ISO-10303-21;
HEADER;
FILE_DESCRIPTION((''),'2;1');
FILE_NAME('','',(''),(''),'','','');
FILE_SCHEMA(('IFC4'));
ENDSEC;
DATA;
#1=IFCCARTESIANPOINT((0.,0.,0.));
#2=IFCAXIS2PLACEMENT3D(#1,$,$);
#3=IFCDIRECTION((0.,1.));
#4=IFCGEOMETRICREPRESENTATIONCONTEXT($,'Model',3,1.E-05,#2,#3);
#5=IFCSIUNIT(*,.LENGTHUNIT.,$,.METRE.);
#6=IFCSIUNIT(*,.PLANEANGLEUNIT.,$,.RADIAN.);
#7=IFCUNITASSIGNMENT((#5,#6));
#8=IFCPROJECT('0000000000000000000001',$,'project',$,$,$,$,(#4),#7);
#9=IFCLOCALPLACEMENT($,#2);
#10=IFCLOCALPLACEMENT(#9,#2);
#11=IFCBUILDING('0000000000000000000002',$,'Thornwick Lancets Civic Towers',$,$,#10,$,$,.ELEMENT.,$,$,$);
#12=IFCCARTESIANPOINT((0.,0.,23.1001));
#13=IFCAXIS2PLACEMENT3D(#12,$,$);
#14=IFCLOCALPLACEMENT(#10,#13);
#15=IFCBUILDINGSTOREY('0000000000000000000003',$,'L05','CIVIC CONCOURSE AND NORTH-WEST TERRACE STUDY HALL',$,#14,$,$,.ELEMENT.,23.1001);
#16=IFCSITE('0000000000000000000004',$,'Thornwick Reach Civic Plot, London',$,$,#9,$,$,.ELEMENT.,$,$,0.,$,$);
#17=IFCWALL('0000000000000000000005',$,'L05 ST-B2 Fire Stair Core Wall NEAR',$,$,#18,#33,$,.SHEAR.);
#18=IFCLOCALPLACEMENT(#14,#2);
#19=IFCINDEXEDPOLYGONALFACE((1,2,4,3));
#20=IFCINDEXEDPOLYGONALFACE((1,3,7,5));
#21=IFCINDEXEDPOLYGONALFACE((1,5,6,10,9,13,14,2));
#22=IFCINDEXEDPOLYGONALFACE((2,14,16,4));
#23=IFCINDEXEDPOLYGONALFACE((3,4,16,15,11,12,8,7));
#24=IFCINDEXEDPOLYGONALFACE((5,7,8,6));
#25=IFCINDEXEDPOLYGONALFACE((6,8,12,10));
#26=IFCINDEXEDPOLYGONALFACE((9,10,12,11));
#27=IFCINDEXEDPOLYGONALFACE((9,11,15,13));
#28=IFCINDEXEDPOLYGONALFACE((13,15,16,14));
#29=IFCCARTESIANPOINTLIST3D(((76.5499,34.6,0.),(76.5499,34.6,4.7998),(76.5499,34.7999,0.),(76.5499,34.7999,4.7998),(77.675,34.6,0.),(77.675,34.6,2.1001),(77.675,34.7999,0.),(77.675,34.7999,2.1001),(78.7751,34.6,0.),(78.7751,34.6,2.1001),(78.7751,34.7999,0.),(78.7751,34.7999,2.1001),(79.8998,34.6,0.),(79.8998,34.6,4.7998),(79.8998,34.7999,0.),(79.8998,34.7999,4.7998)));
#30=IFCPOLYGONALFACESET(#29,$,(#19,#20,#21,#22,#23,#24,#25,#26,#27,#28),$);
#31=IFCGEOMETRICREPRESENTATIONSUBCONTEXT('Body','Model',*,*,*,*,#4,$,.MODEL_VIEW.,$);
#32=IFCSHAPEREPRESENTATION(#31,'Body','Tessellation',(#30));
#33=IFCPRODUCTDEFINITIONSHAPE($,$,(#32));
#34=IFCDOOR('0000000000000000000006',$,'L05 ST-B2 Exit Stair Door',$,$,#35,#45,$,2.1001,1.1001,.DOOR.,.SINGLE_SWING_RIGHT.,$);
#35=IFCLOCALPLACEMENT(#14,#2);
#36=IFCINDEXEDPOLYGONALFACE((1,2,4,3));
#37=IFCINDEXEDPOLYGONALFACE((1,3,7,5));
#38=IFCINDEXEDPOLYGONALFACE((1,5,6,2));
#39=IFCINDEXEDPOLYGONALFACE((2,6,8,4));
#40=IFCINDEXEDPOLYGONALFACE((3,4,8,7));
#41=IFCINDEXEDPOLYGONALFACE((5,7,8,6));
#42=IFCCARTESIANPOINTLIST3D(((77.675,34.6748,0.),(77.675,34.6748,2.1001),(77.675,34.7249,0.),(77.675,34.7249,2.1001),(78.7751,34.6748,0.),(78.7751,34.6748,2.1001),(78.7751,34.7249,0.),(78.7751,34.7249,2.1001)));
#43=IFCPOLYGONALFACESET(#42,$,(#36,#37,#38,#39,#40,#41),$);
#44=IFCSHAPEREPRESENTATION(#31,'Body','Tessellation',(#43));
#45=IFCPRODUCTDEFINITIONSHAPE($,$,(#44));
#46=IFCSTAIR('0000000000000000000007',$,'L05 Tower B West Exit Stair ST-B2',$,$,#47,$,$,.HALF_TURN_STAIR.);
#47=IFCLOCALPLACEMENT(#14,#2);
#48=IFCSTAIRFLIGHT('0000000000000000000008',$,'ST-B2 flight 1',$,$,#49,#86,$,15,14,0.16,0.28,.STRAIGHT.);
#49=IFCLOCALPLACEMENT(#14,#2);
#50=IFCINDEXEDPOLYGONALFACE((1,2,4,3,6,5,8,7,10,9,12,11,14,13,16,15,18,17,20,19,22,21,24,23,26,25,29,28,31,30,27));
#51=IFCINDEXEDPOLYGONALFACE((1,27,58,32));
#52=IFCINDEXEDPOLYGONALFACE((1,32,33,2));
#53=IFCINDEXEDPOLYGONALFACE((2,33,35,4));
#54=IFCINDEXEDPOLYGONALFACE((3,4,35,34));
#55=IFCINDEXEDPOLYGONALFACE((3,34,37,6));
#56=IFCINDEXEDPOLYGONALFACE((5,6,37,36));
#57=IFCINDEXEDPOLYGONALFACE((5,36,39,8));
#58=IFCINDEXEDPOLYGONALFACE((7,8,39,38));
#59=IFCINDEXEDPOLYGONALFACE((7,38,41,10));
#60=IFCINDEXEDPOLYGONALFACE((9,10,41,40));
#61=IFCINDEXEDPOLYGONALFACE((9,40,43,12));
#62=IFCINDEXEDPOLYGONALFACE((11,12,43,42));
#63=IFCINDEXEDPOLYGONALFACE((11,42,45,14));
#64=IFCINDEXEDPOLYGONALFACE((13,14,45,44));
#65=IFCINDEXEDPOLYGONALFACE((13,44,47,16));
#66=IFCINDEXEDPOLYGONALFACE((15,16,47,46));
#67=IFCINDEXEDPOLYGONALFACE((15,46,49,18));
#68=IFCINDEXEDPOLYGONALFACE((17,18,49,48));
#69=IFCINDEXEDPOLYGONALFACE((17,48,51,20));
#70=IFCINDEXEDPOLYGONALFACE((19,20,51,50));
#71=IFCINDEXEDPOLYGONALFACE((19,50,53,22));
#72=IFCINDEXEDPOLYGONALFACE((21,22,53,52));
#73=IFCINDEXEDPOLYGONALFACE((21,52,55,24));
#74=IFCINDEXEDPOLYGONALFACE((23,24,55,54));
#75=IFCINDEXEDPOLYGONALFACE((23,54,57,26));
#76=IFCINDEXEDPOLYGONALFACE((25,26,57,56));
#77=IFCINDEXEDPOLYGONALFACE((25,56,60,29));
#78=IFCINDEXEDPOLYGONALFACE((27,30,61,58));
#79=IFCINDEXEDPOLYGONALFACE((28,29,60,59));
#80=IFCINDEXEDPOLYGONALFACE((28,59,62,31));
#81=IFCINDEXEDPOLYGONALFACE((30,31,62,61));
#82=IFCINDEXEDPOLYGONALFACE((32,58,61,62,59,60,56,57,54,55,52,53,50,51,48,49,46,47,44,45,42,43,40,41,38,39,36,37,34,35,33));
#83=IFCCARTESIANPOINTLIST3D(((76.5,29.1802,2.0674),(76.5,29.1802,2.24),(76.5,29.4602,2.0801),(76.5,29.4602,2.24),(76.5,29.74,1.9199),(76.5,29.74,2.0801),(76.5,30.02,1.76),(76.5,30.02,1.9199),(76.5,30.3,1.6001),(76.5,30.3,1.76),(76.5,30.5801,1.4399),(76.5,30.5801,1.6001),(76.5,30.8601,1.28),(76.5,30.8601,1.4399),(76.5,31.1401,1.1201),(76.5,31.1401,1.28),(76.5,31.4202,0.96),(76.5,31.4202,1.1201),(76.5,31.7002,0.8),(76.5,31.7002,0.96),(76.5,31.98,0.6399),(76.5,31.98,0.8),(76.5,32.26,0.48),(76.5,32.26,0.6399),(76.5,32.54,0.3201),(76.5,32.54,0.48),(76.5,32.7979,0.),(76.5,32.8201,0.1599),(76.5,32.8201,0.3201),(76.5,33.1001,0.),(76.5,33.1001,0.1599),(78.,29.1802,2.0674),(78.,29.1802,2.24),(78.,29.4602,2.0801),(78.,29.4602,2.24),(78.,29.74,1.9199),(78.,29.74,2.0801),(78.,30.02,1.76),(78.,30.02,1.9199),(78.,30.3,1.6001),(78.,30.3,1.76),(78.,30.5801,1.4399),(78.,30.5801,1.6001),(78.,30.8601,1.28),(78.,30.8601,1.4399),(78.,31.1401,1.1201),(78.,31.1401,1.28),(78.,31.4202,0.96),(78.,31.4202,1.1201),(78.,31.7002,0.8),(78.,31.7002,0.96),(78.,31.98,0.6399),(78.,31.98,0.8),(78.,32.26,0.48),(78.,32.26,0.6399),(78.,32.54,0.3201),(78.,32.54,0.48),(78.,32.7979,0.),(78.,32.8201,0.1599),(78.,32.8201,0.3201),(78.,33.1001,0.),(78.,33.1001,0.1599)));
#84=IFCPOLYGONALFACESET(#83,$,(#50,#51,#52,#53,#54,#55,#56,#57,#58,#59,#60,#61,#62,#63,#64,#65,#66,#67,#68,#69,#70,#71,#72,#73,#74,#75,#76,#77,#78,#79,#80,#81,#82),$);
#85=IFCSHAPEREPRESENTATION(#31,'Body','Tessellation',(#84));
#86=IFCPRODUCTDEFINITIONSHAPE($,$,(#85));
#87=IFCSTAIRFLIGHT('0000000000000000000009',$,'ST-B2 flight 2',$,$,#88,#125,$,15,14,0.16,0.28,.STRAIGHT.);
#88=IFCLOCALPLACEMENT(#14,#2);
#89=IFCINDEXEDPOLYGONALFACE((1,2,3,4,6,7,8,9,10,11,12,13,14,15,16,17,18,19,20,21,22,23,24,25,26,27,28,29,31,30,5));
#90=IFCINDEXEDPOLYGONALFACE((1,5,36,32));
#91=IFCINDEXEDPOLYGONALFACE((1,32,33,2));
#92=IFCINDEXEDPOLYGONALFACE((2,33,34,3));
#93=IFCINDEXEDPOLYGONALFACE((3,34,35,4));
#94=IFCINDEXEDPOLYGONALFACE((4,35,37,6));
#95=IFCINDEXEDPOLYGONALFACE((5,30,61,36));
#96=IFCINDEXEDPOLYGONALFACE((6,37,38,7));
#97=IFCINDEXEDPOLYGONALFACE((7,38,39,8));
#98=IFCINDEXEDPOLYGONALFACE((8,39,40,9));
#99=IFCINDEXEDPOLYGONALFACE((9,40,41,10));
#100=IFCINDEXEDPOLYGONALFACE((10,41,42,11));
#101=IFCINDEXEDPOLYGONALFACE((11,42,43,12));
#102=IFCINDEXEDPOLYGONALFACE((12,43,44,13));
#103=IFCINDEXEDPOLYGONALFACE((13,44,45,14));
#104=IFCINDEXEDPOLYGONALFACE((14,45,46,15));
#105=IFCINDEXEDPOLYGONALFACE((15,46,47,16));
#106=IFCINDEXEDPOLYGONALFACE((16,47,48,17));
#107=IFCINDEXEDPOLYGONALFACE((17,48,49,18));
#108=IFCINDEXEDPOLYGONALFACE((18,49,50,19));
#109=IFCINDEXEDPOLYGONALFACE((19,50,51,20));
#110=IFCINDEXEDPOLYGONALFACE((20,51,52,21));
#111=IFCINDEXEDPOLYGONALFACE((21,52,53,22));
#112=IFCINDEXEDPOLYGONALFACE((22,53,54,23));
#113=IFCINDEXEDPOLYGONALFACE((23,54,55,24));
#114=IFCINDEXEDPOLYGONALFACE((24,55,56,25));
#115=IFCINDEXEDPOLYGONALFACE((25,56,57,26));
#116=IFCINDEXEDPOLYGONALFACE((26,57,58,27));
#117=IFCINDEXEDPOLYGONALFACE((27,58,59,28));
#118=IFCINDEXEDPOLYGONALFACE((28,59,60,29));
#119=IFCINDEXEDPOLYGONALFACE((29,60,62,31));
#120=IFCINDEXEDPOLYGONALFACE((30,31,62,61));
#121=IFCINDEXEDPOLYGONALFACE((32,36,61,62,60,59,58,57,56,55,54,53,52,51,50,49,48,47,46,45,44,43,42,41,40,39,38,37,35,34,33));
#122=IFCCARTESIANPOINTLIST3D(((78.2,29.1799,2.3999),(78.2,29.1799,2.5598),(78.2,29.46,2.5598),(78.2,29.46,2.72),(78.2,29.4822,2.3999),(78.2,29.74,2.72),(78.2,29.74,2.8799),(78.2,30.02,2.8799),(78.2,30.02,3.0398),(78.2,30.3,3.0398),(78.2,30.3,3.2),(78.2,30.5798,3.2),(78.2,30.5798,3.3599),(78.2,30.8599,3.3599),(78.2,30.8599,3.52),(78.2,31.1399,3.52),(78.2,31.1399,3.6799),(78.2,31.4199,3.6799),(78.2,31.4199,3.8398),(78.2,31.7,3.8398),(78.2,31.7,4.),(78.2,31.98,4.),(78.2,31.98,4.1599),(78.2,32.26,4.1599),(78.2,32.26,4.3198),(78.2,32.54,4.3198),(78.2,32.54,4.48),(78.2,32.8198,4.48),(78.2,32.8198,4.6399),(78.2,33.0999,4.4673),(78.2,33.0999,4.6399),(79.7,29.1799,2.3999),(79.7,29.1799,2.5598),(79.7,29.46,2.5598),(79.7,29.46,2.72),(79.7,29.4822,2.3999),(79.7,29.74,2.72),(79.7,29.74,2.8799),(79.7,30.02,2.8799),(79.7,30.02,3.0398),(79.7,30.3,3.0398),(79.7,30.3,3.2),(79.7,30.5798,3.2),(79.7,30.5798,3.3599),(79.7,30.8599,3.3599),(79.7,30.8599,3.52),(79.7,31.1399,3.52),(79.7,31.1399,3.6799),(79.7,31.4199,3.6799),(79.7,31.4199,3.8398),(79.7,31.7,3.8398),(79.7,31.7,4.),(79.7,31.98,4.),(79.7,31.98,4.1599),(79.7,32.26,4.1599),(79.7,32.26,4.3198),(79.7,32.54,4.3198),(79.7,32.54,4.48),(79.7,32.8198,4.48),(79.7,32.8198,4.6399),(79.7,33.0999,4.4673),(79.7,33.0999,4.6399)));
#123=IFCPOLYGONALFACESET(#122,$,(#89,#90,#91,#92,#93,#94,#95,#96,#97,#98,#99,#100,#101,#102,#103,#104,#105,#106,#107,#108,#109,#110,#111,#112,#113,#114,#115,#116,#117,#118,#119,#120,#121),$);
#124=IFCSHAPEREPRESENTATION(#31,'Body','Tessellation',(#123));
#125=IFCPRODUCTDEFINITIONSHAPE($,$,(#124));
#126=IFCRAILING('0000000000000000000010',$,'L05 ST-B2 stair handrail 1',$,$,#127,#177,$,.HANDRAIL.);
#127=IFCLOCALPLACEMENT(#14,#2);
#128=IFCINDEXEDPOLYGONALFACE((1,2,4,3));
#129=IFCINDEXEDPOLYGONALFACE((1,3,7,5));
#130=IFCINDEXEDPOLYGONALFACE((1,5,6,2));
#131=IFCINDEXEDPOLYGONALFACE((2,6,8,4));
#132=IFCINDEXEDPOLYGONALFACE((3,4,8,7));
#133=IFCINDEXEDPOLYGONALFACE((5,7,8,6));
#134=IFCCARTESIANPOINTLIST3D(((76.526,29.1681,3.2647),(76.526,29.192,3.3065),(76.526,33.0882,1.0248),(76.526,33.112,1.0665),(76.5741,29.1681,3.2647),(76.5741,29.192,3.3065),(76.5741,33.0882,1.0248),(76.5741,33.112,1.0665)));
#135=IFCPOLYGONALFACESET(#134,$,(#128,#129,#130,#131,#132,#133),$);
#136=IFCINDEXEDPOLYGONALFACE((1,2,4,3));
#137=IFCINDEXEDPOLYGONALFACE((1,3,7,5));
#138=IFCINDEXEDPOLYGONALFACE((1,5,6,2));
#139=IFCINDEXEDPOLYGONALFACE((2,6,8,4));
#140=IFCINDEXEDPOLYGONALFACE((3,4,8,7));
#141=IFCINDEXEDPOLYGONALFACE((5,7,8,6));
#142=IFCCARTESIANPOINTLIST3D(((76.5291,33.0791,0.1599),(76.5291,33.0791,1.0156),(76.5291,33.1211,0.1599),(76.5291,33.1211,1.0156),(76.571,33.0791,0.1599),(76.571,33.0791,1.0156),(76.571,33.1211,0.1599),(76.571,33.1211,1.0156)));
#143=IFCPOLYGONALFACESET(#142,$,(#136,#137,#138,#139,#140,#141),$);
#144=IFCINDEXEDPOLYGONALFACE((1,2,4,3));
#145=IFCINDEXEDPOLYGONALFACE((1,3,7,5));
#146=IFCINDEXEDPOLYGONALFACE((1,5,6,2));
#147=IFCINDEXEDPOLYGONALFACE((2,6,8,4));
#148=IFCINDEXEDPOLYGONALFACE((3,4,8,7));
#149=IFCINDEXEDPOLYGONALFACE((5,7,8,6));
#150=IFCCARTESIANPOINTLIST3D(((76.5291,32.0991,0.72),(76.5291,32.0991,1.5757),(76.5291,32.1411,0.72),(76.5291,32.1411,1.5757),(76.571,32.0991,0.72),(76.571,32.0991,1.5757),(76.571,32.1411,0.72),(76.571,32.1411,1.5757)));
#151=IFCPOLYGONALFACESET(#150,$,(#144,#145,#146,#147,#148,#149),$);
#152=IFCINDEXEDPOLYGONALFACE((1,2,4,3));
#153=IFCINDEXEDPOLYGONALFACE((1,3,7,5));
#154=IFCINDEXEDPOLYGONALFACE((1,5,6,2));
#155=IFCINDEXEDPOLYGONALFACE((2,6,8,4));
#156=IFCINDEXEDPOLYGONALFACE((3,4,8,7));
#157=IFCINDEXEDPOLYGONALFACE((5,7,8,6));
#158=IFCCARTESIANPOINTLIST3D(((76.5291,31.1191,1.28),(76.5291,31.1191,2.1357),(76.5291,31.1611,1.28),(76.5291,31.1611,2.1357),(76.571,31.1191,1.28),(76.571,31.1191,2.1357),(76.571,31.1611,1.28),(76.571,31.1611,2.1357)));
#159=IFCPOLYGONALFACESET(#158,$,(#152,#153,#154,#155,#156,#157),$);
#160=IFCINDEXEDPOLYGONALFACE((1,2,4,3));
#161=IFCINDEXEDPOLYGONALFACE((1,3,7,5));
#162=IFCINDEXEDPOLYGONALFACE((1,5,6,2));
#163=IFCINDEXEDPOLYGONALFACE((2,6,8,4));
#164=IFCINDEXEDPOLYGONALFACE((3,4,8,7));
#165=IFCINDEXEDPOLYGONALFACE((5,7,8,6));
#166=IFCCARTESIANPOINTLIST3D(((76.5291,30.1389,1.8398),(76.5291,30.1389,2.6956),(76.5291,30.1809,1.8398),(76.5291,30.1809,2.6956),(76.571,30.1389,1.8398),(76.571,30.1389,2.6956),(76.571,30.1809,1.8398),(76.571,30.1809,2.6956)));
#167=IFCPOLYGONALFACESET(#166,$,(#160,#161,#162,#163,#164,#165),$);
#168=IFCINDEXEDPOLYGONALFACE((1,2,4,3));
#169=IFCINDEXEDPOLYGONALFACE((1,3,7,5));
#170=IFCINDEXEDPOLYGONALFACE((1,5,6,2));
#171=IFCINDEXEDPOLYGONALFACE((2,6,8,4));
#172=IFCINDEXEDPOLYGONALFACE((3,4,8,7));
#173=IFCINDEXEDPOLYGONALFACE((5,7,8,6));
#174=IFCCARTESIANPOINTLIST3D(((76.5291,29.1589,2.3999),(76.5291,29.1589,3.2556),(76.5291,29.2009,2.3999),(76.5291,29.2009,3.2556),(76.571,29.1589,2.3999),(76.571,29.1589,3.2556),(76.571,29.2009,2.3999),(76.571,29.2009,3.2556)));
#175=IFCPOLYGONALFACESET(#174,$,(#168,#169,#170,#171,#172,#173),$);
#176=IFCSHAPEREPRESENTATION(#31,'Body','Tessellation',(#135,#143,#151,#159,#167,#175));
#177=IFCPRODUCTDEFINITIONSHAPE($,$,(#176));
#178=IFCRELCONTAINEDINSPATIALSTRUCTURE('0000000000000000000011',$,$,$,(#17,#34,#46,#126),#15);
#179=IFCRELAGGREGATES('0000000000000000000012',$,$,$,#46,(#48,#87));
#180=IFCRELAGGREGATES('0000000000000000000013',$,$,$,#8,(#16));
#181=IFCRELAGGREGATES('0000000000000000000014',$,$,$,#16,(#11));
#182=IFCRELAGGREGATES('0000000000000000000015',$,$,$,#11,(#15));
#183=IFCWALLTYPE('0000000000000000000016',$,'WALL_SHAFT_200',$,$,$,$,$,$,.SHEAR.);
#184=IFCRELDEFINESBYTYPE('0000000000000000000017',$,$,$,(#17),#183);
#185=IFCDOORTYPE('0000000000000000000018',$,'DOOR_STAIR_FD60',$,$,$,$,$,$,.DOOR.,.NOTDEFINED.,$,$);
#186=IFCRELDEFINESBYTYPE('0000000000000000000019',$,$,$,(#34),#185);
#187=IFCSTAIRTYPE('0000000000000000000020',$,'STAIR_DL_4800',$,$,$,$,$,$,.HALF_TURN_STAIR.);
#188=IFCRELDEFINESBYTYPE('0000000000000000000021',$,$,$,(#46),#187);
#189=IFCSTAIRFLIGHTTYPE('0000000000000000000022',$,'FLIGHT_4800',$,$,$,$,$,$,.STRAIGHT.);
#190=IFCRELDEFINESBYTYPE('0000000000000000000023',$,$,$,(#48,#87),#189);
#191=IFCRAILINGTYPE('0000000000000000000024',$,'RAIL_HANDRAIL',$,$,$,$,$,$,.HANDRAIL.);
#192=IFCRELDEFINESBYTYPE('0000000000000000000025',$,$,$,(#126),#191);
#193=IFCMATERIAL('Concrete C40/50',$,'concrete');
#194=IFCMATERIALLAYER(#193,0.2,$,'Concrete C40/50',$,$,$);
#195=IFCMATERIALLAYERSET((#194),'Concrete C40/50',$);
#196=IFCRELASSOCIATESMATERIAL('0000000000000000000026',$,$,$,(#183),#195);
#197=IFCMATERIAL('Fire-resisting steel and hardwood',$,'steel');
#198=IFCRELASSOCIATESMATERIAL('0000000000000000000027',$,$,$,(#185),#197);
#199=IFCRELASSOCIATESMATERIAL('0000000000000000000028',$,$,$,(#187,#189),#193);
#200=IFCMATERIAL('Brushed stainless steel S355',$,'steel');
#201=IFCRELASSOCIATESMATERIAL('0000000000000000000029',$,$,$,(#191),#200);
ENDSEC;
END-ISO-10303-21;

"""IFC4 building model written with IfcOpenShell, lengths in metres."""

from ifc_helpers import new_model, si_unit, direction, frame, frame_2d, origin, origin_2d, place, context, subcontext, project, spatial, polyline, rectangle, outline, extrude, material, layer, layer_set, type_object, element, fill, aggregate, save


model = new_model("IFC4")

# Units and contexts
model_context = context("Model", 3, precision=1e-05, world=origin(), true_north=direction((0.0, 1.0)))
body_context = subcontext(model_context, "Body", "Model", "MODEL_VIEW")
ifc_project = project(units=[si_unit("LENGTHUNIT", "METRE"), si_unit("PLANEANGLEUNIT", "RADIAN")], contexts=[model_context])

# Site, building, storey
site_placement = place(None, origin())
site = spatial("IfcSite", under=ifc_project, at=site_placement, Name="Thornwick Reach Civic Plot, London", CompositionType="ELEMENT", RefElevation=0.0)
building_placement = place(site_placement, origin())
building = spatial("IfcBuilding", under=site, at=building_placement, Name="Thornwick Lancets Civic Towers", CompositionType="ELEMENT")
storey_placement = place(building_placement, frame((0.0, 0.0, 23.1001)))
storey = spatial("IfcBuildingStorey", under=building, at=storey_placement, Name="L05", Description="CIVIC CONCOURSE AND NORTH-WEST TERRACE STUDY HALL", CompositionType="ELEMENT", Elevation=23.1001)

# Wall, opening, door
ifc_material_1 = material(Name="Concrete C40/50", Category="concrete")
ifc_layer_1 = layer(ifc_material_1, 0.2, Name="Concrete C40/50")
ifc_layer_set_1 = layer_set([ifc_layer_1], Name="Concrete C40/50")
wall_type_1 = type_object("IfcWallType", Name="WALL_SHAFT_200", PredefinedType="SHEAR", material=ifc_layer_set_1)
wall_1_placement = place(storey_placement, frame((76.55, 34.7, 0.0), z_axis=(0.0, 0.0, 1.0), x_axis=(1.0, 0.0, 0.0)))
wall_1 = element("IfcWall", 1, at=wall_1_placement, inside=storey, type_object=wall_type_1, Name="L05 ST-B2 Fire Stair Core Wall NEAR", PredefinedType="SHEAR", context=body_context, shape_type="SweptSolid", body=[
    extrude(rectangle(XDim=3.3499, YDim=0.2, at=frame_2d((1.6748, 0.0))), origin(), (0.0, 0.0, 1.0), 4.7998),
])
opening_1_placement = place(wall_1_placement, frame((1.125, 0.0, 0.0)))
opening_1 = element("IfcOpeningElement", 2, at=opening_1_placement, cuts=wall_1, PredefinedType="OPENING", context=body_context, shape_type="SweptSolid", body=[
    extrude(rectangle(XDim=1.1001, YDim=2.1001, at=frame_2d((0.55, 1.05))), frame((0.0, 0.1099, 0.0), z_axis=(0.0, -1.0, 0.0), x_axis=(1.0, 0.0, 0.0)), (0.0, 0.0, 1.0), 0.22),
])
ifc_material_2 = material(Name="Fire-resisting steel and hardwood", Category="steel")
door_type_1 = type_object("IfcDoorType", Name="DOOR_STAIR_FD60", OperationType="NOTDEFINED", PredefinedType="DOOR", material=ifc_material_2)
door_1_placement = place(opening_1_placement, origin())
door_1 = element("IfcDoor", 3, at=door_1_placement, inside=storey, type_object=door_type_1, Name="L05 ST-B2 Exit Stair Door", OperationType="SINGLE_SWING_RIGHT", OverallHeight=2.1001, OverallWidth=1.1001, PredefinedType="DOOR", context=body_context, shape_type="SweptSolid", body=[
    extrude(rectangle(XDim=1.1001, YDim=2.1001, at=frame_2d((0.55, 1.05))), frame((0.0, 0.0249, 0.0), z_axis=(0.0, -1.0, 0.0), x_axis=(1.0, 0.0, 0.0)), (0.0, 0.0, 1.0), 0.05),
])
fill(opening_1, door_1)

# Stair, stair flights
stair_type = type_object("IfcStairType", Name="STAIR_DL_4800", PredefinedType="HALF_TURN_STAIR", material=ifc_material_1)
stair_placement = place(storey_placement, origin())
stair = element("IfcStair", 4, at=stair_placement, inside=storey, type_object=stair_type, Name="L05 Tower B West Exit Stair ST-B2", PredefinedType="HALF_TURN_STAIR")
stair_flight_type = type_object("IfcStairFlightType", Name="FLIGHT_4800", PredefinedType="STRAIGHT", material=ifc_material_1)
stair_flight_1_placement = place(storey_placement, frame((77.25, 33.1001, 0.0), z_axis=(0.0, 0.0, 1.0), x_axis=(0.0, -1.0, 0.0)))
stair_flight_1 = element("IfcStairFlight", 5, at=stair_flight_1_placement, type_object=stair_flight_type, Name="ST-B2 flight 1", NumberOfRisers=15, NumberOfTreads=14, PredefinedType="STRAIGHT", RiserHeight=0.16, TreadLength=0.28, context=body_context, shape_type="SweptSolid", body=[
    extrude(outline(polyline([(0.0, 0.0), (0.0, 0.1599), (0.28, 0.1599), (0.28, 0.3201), (0.5601, 0.3201), (0.5601, 0.48), (0.8401, 0.48), (0.8401, 0.6399), (1.1201, 0.6399), (1.1201, 0.8), (1.3999, 0.8), (1.3999, 0.96), (1.6799, 0.96), (1.6799, 1.1201), (1.96, 1.1201), (1.96, 1.28), (2.24, 1.28), (2.24, 1.4399), (2.52, 1.4399), (2.52, 1.6001), (2.8, 1.6001), (2.8, 1.76), (3.0801, 1.76), (3.0801, 1.9199), (3.3601, 1.9199), (3.3601, 2.0801), (3.6399, 2.0801), (3.6399, 2.24), (3.9199, 2.24), (3.9199, 2.3999), (3.9199, 2.0674), (0.3022, 0.0), (0.0, 0.0)])), frame((0.0, 0.75, 0.0), z_axis=(0.0, -1.0, 0.0), x_axis=(1.0, 0.0, 0.0)), (0.0, 0.0, 1.0), 1.5),
])
stair_flight_2_placement = place(storey_placement, frame((78.95, 29.1799, 2.3999), z_axis=(0.0, 0.0, 1.0), x_axis=(0.0, 1.0, 0.0)))
stair_flight_2 = element("IfcStairFlight", 6, at=stair_flight_2_placement, type_object=stair_flight_type, Name="ST-B2 flight 2", NumberOfRisers=15, NumberOfTreads=14, PredefinedType="STRAIGHT", RiserHeight=0.16, TreadLength=0.28, context=body_context, shape_type="SweptSolid", body=[
    extrude(outline(polyline([(0.0, 0.0), (0.0, 0.1599), (0.28, 0.1599), (0.28, 0.3201), (0.5601, 0.3201), (0.5601, 0.48), (0.8401, 0.48), (0.8401, 0.6399), (1.1201, 0.6399), (1.1201, 0.8), (1.3999, 0.8), (1.3999, 0.96), (1.6799, 0.96), (1.6799, 1.1201), (1.96, 1.1201), (1.96, 1.28), (2.24, 1.28), (2.24, 1.4399), (2.52, 1.4399), (2.52, 1.6001), (2.8, 1.6001), (2.8, 1.76), (3.0801, 1.76), (3.0801, 1.9199), (3.3601, 1.9199), (3.3601, 2.0801), (3.6399, 2.0801), (3.6399, 2.24), (3.9199, 2.24), (3.9199, 2.3999), (3.9199, 2.0674), (0.3022, 0.0), (0.0, 0.0)])), frame((0.0, 0.75, 0.0), z_axis=(0.0, -1.0, 0.0), x_axis=(1.0, 0.0, 0.0)), (0.0, 0.0, 1.0), 1.5),
])
aggregate(stair, [stair_flight_1, stair_flight_2])

# Railing
ifc_material_3 = material(Name="Brushed stainless steel S355", Category="steel")
railing_type_1 = type_object("IfcRailingType", Name="RAIL_HANDRAIL", PredefinedType="HANDRAIL", material=ifc_material_3)
railing_1_placement = place(storey_placement, frame((76.55, 33.1001, 0.1599)))
element("IfcRailing", 7, at=railing_1_placement, inside=storey, type_object=railing_type_1, Name="L05 ST-B2 stair handrail 1", PredefinedType="HANDRAIL", context=body_context, shape_type="SweptSolid", body=[
    extrude(rectangle(XDim=0.0481, YDim=0.0481, at=origin_2d()), frame((0.0, 0.0, 0.8857), z_axis=(0.0, -0.868253, 0.496121), x_axis=(1.0, 0.0, 0.0)), (0.0, 0.0, 1.0), 4.5149),
    extrude(rectangle(XDim=0.042, YDim=0.042, at=origin_2d()), origin(), (0.0, 0.0, 1.0), 0.8557),
    extrude(rectangle(XDim=0.042, YDim=0.042, at=origin_2d()), frame((0.0, -0.98, 0.5601)), (0.0, 0.0, 1.0), 0.8557),
    extrude(rectangle(XDim=0.042, YDim=0.042, at=origin_2d()), frame((0.0, -1.96, 1.1201)), (0.0, 0.0, 1.0), 0.8557),
    extrude(rectangle(XDim=0.042, YDim=0.042, at=origin_2d()), frame((0.0, -2.9402, 1.6799)), (0.0, 0.0, 1.0), 0.8557),
    extrude(rectangle(XDim=0.042, YDim=0.042, at=origin_2d()), frame((0.0, -3.9202, 2.24)), (0.0, 0.0, 1.0), 0.8557),
])

save(model, "model.ifc")
